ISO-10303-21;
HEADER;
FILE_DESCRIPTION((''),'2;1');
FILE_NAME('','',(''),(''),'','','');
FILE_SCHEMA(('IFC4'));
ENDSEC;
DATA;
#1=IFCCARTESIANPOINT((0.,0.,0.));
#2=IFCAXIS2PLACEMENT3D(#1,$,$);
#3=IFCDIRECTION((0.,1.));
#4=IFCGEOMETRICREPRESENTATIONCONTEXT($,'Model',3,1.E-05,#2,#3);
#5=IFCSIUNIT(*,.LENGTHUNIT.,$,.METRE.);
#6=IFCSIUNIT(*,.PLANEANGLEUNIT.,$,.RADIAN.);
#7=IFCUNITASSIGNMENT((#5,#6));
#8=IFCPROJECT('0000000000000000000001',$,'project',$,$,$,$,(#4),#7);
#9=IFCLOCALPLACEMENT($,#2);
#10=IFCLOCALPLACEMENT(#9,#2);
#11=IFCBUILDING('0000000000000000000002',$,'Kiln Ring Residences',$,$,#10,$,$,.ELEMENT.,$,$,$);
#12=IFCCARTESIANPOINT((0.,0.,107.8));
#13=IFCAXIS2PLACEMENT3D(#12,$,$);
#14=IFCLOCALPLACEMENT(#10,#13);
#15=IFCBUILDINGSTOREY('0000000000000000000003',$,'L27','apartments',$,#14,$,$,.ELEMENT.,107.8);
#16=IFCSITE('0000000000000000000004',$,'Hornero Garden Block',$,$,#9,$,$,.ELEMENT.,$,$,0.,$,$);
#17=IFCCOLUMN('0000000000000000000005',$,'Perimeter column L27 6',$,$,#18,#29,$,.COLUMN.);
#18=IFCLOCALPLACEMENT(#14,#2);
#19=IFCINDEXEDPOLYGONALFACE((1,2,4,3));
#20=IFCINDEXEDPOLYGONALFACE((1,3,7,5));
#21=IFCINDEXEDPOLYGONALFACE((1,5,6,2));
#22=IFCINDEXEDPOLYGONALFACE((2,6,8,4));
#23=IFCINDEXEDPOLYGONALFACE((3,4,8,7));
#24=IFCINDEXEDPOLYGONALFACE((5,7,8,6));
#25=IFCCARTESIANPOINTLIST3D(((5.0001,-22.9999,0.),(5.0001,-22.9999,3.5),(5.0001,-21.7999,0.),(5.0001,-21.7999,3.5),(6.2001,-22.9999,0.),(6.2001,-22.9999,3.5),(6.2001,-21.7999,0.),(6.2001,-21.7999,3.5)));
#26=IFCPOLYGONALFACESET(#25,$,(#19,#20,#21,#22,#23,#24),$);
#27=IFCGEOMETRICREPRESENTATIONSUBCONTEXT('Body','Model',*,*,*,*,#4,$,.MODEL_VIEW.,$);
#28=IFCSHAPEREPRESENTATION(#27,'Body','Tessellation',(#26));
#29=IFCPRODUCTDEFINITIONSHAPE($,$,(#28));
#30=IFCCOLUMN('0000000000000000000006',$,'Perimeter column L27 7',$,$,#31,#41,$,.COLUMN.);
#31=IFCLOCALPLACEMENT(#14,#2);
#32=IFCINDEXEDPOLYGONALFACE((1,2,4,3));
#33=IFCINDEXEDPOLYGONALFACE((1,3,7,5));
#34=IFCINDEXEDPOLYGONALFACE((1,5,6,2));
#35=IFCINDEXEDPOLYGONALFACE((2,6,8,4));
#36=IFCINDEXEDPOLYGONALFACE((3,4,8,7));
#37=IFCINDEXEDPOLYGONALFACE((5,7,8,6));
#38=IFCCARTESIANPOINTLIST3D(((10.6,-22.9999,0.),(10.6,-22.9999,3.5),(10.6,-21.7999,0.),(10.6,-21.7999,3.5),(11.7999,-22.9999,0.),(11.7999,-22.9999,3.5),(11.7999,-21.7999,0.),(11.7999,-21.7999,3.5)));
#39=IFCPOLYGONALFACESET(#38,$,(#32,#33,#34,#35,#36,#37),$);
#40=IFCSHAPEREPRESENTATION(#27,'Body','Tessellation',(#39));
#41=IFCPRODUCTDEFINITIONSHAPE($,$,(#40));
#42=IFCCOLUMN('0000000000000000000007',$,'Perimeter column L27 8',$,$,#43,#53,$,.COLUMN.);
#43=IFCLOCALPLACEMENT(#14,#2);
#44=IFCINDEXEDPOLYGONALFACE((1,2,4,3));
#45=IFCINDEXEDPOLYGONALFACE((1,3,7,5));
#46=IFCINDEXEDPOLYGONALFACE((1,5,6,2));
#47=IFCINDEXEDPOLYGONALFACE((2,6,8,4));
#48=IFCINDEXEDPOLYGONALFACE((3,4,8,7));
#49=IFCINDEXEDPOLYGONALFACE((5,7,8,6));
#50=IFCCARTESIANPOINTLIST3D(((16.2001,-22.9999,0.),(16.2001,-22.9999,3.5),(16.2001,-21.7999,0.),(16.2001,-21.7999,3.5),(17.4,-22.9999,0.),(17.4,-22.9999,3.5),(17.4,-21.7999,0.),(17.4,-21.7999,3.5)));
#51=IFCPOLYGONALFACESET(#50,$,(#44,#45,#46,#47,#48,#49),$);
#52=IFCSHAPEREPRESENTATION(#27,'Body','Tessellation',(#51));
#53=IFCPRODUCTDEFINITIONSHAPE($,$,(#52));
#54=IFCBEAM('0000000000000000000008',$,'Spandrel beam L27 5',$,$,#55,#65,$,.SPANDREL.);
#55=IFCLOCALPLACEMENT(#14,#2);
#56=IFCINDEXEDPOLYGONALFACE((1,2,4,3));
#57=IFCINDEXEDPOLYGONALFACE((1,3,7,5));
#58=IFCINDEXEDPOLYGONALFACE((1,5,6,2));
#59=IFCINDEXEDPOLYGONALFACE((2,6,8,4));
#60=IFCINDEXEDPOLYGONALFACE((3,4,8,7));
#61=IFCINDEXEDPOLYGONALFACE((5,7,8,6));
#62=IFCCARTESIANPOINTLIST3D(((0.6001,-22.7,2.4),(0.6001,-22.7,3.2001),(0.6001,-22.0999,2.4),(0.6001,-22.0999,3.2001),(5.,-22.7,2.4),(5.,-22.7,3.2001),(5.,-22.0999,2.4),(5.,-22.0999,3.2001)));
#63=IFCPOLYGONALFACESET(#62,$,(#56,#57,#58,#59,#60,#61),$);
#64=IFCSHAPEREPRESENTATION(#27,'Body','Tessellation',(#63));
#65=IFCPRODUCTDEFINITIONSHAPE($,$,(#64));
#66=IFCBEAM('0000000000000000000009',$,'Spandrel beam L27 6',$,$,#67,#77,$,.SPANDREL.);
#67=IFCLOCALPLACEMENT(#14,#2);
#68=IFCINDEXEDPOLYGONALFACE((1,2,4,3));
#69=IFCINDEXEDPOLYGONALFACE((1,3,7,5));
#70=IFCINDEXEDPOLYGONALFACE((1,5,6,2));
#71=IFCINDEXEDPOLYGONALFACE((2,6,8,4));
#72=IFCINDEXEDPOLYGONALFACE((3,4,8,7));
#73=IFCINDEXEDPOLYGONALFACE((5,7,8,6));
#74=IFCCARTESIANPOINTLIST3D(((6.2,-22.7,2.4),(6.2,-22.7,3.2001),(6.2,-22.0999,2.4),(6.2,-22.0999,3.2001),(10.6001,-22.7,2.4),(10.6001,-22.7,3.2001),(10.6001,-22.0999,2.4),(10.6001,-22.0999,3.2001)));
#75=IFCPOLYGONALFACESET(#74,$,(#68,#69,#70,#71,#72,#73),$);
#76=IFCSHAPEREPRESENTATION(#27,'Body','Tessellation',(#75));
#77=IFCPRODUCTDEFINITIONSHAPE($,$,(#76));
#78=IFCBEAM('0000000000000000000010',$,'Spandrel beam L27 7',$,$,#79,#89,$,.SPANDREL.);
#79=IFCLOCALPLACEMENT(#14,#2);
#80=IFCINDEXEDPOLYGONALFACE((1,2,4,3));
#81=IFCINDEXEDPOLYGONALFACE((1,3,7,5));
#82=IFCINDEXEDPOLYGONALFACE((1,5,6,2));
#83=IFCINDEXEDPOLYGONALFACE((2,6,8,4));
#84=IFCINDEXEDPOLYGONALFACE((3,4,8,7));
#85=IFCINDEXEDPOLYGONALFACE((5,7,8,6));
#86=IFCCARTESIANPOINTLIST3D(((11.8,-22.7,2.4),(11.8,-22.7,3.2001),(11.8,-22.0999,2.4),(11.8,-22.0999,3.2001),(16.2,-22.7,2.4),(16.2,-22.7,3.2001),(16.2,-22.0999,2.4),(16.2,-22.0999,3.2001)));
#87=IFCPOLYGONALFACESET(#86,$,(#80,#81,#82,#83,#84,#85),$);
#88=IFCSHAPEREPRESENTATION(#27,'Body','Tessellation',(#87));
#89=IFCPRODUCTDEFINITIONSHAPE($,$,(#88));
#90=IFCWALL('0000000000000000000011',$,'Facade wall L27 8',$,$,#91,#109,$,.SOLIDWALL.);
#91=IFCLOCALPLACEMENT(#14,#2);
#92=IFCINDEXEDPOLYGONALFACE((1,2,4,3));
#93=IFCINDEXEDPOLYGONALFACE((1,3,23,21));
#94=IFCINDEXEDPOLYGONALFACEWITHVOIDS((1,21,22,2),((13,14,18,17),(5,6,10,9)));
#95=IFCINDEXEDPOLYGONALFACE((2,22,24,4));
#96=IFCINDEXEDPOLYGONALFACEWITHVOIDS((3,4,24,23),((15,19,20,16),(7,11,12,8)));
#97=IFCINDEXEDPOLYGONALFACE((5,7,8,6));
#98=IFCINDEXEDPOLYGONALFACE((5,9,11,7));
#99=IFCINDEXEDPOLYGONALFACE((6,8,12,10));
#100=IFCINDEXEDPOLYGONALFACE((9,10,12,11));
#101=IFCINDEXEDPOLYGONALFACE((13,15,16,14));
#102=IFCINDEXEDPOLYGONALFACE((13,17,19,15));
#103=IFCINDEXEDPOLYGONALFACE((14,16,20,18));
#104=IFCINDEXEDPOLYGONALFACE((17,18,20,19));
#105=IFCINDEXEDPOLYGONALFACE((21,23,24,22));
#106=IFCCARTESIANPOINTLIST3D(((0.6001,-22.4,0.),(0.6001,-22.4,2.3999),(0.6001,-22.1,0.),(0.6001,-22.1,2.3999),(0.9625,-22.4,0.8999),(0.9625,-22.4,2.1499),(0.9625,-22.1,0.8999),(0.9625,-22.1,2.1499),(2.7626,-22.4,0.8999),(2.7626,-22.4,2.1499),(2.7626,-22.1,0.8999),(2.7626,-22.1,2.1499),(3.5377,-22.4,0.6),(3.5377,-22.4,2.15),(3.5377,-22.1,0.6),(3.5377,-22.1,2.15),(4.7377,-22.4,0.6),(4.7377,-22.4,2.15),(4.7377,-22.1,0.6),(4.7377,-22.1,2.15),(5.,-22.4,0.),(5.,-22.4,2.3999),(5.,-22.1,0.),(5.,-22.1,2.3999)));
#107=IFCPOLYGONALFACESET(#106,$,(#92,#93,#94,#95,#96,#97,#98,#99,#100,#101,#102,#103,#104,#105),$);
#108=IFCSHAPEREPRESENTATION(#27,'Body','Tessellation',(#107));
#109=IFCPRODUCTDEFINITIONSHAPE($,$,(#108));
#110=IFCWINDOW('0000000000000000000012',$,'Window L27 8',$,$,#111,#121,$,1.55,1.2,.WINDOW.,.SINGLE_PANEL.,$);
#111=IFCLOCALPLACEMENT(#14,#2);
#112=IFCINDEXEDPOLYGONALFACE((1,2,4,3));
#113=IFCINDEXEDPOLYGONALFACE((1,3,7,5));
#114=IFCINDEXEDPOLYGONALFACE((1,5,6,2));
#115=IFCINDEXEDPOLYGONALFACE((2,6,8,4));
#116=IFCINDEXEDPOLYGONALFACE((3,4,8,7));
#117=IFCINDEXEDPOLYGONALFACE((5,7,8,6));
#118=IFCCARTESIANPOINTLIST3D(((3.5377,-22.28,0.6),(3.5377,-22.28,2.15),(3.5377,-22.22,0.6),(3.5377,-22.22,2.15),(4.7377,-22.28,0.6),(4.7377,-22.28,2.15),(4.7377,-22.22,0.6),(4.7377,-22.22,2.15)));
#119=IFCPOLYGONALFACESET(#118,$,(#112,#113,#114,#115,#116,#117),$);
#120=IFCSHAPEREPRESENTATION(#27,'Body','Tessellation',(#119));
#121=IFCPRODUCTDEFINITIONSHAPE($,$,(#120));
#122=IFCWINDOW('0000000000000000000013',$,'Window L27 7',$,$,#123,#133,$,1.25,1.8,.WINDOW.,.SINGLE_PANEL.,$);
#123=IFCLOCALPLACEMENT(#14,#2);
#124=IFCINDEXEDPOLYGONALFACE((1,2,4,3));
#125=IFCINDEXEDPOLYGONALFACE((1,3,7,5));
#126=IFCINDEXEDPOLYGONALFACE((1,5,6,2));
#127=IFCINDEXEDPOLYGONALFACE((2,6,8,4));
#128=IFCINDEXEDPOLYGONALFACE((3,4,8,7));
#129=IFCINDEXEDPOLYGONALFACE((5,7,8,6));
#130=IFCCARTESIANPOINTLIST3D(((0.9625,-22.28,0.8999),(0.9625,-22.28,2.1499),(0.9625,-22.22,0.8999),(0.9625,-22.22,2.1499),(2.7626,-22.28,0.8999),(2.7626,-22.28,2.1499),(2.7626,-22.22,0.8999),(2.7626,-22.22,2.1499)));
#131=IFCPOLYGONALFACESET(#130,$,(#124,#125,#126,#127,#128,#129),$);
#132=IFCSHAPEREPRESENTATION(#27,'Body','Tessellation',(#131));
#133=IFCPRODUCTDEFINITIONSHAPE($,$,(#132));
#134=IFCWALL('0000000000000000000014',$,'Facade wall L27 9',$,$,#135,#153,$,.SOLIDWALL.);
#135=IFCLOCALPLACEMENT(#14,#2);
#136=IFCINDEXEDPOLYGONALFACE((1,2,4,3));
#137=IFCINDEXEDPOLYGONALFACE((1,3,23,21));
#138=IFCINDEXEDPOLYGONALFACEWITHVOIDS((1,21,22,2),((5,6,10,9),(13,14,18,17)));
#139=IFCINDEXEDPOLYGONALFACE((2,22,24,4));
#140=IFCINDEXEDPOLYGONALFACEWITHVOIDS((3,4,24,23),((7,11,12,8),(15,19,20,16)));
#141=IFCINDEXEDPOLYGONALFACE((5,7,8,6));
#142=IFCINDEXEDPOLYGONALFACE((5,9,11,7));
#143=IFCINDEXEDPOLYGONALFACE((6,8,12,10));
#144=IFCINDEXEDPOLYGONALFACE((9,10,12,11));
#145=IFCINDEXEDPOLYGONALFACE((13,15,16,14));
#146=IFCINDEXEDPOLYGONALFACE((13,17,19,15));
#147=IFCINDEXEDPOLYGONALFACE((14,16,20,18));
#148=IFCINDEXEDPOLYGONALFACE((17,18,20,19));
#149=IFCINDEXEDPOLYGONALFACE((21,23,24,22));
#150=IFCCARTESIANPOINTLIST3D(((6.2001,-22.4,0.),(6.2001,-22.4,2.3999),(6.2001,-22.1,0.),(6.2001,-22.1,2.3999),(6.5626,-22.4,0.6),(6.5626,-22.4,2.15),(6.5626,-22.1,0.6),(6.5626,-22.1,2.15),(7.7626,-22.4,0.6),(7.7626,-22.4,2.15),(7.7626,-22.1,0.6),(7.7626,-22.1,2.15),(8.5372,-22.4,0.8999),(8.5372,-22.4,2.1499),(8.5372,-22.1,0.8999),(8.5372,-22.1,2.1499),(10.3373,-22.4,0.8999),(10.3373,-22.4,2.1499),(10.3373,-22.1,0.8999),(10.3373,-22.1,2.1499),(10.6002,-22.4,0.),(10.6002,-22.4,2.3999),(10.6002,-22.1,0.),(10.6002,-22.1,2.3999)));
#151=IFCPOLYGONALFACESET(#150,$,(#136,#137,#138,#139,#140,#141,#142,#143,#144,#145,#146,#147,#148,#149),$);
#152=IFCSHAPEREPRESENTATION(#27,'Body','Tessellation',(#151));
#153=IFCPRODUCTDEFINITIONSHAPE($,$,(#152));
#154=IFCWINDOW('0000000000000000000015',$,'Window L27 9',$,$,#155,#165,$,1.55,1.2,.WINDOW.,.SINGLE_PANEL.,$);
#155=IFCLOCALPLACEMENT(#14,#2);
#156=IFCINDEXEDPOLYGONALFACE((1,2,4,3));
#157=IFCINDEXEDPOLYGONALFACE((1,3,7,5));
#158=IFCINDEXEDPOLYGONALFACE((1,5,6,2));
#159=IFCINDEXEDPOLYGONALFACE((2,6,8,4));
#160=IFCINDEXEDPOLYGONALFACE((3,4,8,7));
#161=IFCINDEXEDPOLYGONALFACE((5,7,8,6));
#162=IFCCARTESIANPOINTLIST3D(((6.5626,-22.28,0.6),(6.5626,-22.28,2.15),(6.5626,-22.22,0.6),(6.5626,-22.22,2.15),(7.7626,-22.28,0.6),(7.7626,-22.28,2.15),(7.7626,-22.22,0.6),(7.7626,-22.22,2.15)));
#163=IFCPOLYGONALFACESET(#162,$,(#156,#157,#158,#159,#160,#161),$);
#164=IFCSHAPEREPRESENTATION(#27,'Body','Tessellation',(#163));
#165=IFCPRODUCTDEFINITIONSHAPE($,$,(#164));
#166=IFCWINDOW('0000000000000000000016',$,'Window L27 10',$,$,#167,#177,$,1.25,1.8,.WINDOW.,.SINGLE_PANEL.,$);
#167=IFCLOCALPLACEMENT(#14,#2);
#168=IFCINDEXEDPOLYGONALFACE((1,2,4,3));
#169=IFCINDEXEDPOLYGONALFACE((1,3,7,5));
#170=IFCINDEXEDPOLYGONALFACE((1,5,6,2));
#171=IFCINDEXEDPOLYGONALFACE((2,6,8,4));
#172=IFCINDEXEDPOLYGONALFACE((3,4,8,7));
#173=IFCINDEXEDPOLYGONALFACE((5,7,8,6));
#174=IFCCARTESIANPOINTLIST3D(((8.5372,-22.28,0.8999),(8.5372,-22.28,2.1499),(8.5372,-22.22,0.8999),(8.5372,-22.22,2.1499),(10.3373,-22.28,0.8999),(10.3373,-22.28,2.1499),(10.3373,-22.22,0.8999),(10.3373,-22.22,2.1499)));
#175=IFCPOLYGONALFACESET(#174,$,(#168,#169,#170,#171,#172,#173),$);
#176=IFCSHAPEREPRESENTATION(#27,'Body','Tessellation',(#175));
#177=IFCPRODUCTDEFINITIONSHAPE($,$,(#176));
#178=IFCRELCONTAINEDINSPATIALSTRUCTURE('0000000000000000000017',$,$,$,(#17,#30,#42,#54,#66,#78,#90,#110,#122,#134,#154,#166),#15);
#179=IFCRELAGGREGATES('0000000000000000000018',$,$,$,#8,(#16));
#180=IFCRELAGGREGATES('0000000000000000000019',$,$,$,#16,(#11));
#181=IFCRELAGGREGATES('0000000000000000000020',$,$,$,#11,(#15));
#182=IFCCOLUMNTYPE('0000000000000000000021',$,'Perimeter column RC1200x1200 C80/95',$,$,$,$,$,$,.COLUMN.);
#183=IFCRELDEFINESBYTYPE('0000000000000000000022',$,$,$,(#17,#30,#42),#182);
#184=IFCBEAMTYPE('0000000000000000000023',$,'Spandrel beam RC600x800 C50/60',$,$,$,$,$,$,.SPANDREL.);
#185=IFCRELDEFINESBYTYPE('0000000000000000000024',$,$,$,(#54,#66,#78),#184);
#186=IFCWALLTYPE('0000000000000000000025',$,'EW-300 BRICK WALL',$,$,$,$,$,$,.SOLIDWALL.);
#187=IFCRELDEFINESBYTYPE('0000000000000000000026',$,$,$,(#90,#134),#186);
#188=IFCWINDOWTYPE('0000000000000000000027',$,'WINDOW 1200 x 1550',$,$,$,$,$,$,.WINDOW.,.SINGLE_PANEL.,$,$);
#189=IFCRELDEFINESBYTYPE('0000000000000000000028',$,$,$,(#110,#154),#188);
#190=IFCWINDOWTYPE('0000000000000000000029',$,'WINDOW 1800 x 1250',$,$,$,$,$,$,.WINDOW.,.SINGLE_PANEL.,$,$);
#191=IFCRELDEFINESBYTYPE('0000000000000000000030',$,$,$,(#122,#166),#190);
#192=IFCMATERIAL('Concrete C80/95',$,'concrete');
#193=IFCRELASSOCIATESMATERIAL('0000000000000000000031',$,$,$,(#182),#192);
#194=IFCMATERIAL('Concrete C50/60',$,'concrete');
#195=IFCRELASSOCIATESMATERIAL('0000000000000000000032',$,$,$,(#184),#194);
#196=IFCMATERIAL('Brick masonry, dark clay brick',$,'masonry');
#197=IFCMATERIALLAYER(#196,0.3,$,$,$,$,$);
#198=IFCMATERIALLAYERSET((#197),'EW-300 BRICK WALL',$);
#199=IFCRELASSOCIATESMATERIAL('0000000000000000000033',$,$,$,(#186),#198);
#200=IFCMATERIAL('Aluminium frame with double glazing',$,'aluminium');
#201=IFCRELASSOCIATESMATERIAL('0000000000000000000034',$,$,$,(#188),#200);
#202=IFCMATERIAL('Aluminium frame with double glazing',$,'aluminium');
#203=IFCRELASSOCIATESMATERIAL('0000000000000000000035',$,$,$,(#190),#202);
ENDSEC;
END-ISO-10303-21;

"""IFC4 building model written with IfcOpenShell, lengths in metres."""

from ifc_helpers import new_model, si_unit, direction, frame, frame_2d, origin, origin_2d, place, context, subcontext, project, spatial, rectangle, extrude, material, layer, layer_set, material_profile, profile_set, type_object, element, fill, save


model = new_model("IFC4")

# Units and contexts
model_context = context("Model", 3, precision=1e-05, world=origin(), true_north=direction((0.0, 1.0)))
body_context = subcontext(model_context, "Body", "Model", "MODEL_VIEW")
ifc_project = project(units=[si_unit("LENGTHUNIT", "METRE"), si_unit("PLANEANGLEUNIT", "RADIAN")], contexts=[model_context])

# Site, building, storey
site_placement = place(None, origin())
site = spatial("IfcSite", under=ifc_project, at=site_placement, Name="Hornero Garden Block", CompositionType="ELEMENT", RefElevation=0.0)
building_placement = place(site_placement, origin())
building = spatial("IfcBuilding", under=site, at=building_placement, Name="Kiln Ring Residences", CompositionType="ELEMENT")
storey_placement = place(building_placement, frame((0.0, 0.0, 107.8)))
storey = spatial("IfcBuildingStorey", under=building, at=storey_placement, Name="L27", Description="apartments", CompositionType="ELEMENT", Elevation=107.8)

# Columns
ifc_material_1 = material(Name="Concrete C80/95", Category="concrete")
ifc_material_profile_1 = material_profile(ifc_material_1, rectangle(XDim=1.2, YDim=1.2, at=origin_2d()), Name="RC1200x1200")
ifc_profile_set_1 = profile_set([ifc_material_profile_1], Name="Concrete C80/95")
column_type = type_object("IfcColumnType", Name="Perimeter column RC1200x1200 C80/95", PredefinedType="COLUMN", material=ifc_profile_set_1)
for number, where, z_axis, x_axis, name in (
    (1, (5.6001, -22.3999, 0.0), (0.0, 0.0, 1.0), (1.0, 0.0, 0.0), "Perimeter column L27 6"),
    (2, (11.2, -22.3999, 0.0), (0.0, 0.0, 1.0), (1.0, 0.0, 0.0), "Perimeter column L27 7"),
    (3, (16.8, -22.3999, 0.0), (0.0, 0.0, 1.0), (1.0, 0.0, 0.0), "Perimeter column L27 8"),
):
    element("IfcColumn", number, at=place(storey_placement, frame(where, z_axis=z_axis, x_axis=x_axis)), inside=storey, type_object=column_type, Name=name, PredefinedType="COLUMN", context=body_context, shape_type="SweptSolid", body=[
        extrude(rectangle(XDim=1.2, YDim=1.2, at=origin_2d()), origin(), (0.0, 0.0, 1.0), 3.5),
    ])

# Beams
ifc_material_2 = material(Name="Concrete C50/60", Category="concrete")
ifc_material_profile_2 = material_profile(ifc_material_2, rectangle(XDim=0.6001, YDim=0.8, at=origin_2d()), Name="RC600x800")
ifc_profile_set_2 = profile_set([ifc_material_profile_2], Name="Concrete C50/60")
beam_type = type_object("IfcBeamType", Name="Spandrel beam RC600x800 C50/60", PredefinedType="SPANDREL", material=ifc_profile_set_2)
beam_1_placement = place(storey_placement, frame((0.6001, -22.3999, 2.8), z_axis=(1.0, 0.0, 0.0), x_axis=(0.0, 1.0, 0.0)))
element("IfcBeam", 4, at=beam_1_placement, inside=storey, type_object=beam_type, Name="Spandrel beam L27 5", PredefinedType="SPANDREL", context=body_context, shape_type="SweptSolid", body=[
    extrude(rectangle(XDim=0.6001, YDim=0.8, at=origin_2d()), origin(), (0.0, 0.0, 1.0), 4.3999),
])
beam_2_placement = place(storey_placement, frame((6.2, -22.3999, 2.8), z_axis=(1.0, 0.0, 0.0), x_axis=(0.0, 1.0, 0.0)))
element("IfcBeam", 5, at=beam_2_placement, inside=storey, type_object=beam_type, Name="Spandrel beam L27 6", PredefinedType="SPANDREL", context=body_context, shape_type="SweptSolid", body=[
    extrude(rectangle(XDim=0.6001, YDim=0.8, at=origin_2d()), origin(), (0.0, 0.0, 1.0), 4.4001),
])
beam_3_placement = place(storey_placement, frame((11.8, -22.3999, 2.8), z_axis=(1.0, 0.0, 0.0), x_axis=(0.0, 1.0, 0.0)))
element("IfcBeam", 6, at=beam_3_placement, inside=storey, type_object=beam_type, Name="Spandrel beam L27 7", PredefinedType="SPANDREL", context=body_context, shape_type="SweptSolid", body=[
    extrude(rectangle(XDim=0.6001, YDim=0.8, at=origin_2d()), origin(), (0.0, 0.0, 1.0), 4.3999),
])

# Walls, openings, windows
ifc_material_3 = material(Name="Brick masonry, dark clay brick", Category="masonry")
ifc_layer_1 = layer(ifc_material_3, 0.3)
ifc_layer_set_1 = layer_set([ifc_layer_1], Name="EW-300 BRICK WALL")
wall_type_1 = type_object("IfcWallType", Name="EW-300 BRICK WALL", PredefinedType="SOLIDWALL", material=ifc_layer_set_1)
wall_1_placement = place(storey_placement, frame((0.6001, -22.25, 0.0), z_axis=(0.0, 0.0, 1.0), x_axis=(1.0, 0.0, 0.0)))
wall_1 = element("IfcWall", 7, at=wall_1_placement, inside=storey, type_object=wall_type_1, Name="Facade wall L27 8", PredefinedType="SOLIDWALL", context=body_context, shape_type="SweptSolid", body=[
    extrude(rectangle(XDim=4.3999, YDim=0.3, at=frame_2d((2.2, 0.0))), origin(), (0.0, 0.0, 1.0), 2.3999),
])
opening_1_placement = place(wall_1_placement, frame((0.3625, 0.0, 0.8999)))
opening_1 = element("IfcOpeningElement", 8, at=opening_1_placement, cuts=wall_1, PredefinedType="OPENING", context=body_context, shape_type="SweptSolid", body=[
    extrude(rectangle(XDim=1.8, YDim=1.25, at=frame_2d((0.8999, 0.625))), frame((0.0, 0.1599, 0.0), z_axis=(0.0, -1.0, 0.0), x_axis=(1.0, 0.0, 0.0)), (0.0, 0.0, 1.0), 0.3201),
])
opening_2_placement = place(wall_1_placement, frame((2.9375, 0.0, 0.6001)))
opening_2 = element("IfcOpeningElement", 9, at=opening_2_placement, cuts=wall_1, PredefinedType="OPENING", context=body_context, shape_type="SweptSolid", body=[
    extrude(rectangle(XDim=1.2, YDim=1.55, at=frame_2d((0.6001, 0.7749))), frame((0.0, 0.1599, 0.0), z_axis=(0.0, -1.0, 0.0), x_axis=(1.0, 0.0, 0.0)), (0.0, 0.0, 1.0), 0.3201),
])
ifc_material_4 = material(Name="Aluminium frame with double glazing", Category="aluminium")
window_type_1 = type_object("IfcWindowType", Name="WINDOW 1200 x 1550", PartitioningType="SINGLE_PANEL", PredefinedType="WINDOW", material=ifc_material_4)
window_1_placement = place(opening_2_placement, origin())
window_1 = element("IfcWindow", 10, at=window_1_placement, inside=storey, type_object=window_type_1, Name="Window L27 8", OverallHeight=1.55, OverallWidth=1.2, PartitioningType="SINGLE_PANEL", PredefinedType="WINDOW", context=body_context, shape_type="SweptSolid", body=[
    extrude(rectangle(XDim=1.2, YDim=1.55, at=frame_2d((0.6001, 0.7749))), frame((0.0, 0.03, 0.0), z_axis=(0.0, -1.0, 0.0), x_axis=(1.0, 0.0, 0.0)), (0.0, 0.0, 1.0), 0.0601),
])
fill(opening_2, window_1)
ifc_material_5 = material(Name="Aluminium frame with double glazing", Category="aluminium")
window_type_2 = type_object("IfcWindowType", Name="WINDOW 1800 x 1250", PartitioningType="SINGLE_PANEL", PredefinedType="WINDOW", material=ifc_material_5)
window_2_placement = place(opening_1_placement, origin())
window_2 = element("IfcWindow", 11, at=window_2_placement, inside=storey, type_object=window_type_2, Name="Window L27 7", OverallHeight=1.25, OverallWidth=1.8, PartitioningType="SINGLE_PANEL", PredefinedType="WINDOW", context=body_context, shape_type="SweptSolid", body=[
    extrude(rectangle(XDim=1.8, YDim=1.25, at=frame_2d((0.8999, 0.625))), frame((0.0, 0.03, 0.0), z_axis=(0.0, -1.0, 0.0), x_axis=(1.0, 0.0, 0.0)), (0.0, 0.0, 1.0), 0.0601),
])
fill(opening_1, window_2)
wall_2_placement = place(storey_placement, frame((6.2, -22.25, 0.0), z_axis=(0.0, 0.0, 1.0), x_axis=(1.0, 0.0, 0.0)))
wall_2 = element("IfcWall", 12, at=wall_2_placement, inside=storey, type_object=wall_type_1, Name="Facade wall L27 9", PredefinedType="SOLIDWALL", context=body_context, shape_type="SweptSolid", body=[
    extrude(rectangle(XDim=4.4001, YDim=0.3, at=frame_2d((2.2002, 0.0))), origin(), (0.0, 0.0, 1.0), 2.3999),
])
opening_3_placement = place(wall_2_placement, frame((0.3625, 0.0, 0.6001)))
opening_3 = element("IfcOpeningElement", 13, at=opening_3_placement, cuts=wall_2, PredefinedType="OPENING", context=body_context, shape_type="SweptSolid", body=[
    extrude(rectangle(XDim=1.2, YDim=1.55, at=frame_2d((0.6001, 0.7749))), frame((0.0, 0.1599, 0.0), z_axis=(0.0, -1.0, 0.0), x_axis=(1.0, 0.0, 0.0)), (0.0, 0.0, 1.0), 0.3201),
])
opening_4_placement = place(wall_2_placement, frame((2.3374, 0.0, 0.8999)))
opening_4 = element("IfcOpeningElement", 14, at=opening_4_placement, cuts=wall_2, PredefinedType="OPENING", context=body_context, shape_type="SweptSolid", body=[
    extrude(rectangle(XDim=1.8, YDim=1.25, at=frame_2d((0.8999, 0.625))), frame((0.0, 0.1599, 0.0), z_axis=(0.0, -1.0, 0.0), x_axis=(1.0, 0.0, 0.0)), (0.0, 0.0, 1.0), 0.3201),
])
window_3_placement = place(opening_3_placement, origin())
window_3 = element("IfcWindow", 15, at=window_3_placement, inside=storey, type_object=window_type_1, Name="Window L27 9", OverallHeight=1.55, OverallWidth=1.2, PartitioningType="SINGLE_PANEL", PredefinedType="WINDOW", context=body_context, shape_type="SweptSolid", body=[
    extrude(rectangle(XDim=1.2, YDim=1.55, at=frame_2d((0.6001, 0.7749))), frame((0.0, 0.03, 0.0), z_axis=(0.0, -1.0, 0.0), x_axis=(1.0, 0.0, 0.0)), (0.0, 0.0, 1.0), 0.0601),
])
fill(opening_3, window_3)
window_4_placement = place(opening_4_placement, origin())
window_4 = element("IfcWindow", 16, at=window_4_placement, inside=storey, type_object=window_type_2, Name="Window L27 10", OverallHeight=1.25, OverallWidth=1.8, PartitioningType="SINGLE_PANEL", PredefinedType="WINDOW", context=body_context, shape_type="SweptSolid", body=[
    extrude(rectangle(XDim=1.8, YDim=1.25, at=frame_2d((0.8999, 0.625))), frame((0.0, 0.03, 0.0), z_axis=(0.0, -1.0, 0.0), x_axis=(1.0, 0.0, 0.0)), (0.0, 0.0, 1.0), 0.0601),
])
fill(opening_4, window_4)

save(model, "model.ifc")
